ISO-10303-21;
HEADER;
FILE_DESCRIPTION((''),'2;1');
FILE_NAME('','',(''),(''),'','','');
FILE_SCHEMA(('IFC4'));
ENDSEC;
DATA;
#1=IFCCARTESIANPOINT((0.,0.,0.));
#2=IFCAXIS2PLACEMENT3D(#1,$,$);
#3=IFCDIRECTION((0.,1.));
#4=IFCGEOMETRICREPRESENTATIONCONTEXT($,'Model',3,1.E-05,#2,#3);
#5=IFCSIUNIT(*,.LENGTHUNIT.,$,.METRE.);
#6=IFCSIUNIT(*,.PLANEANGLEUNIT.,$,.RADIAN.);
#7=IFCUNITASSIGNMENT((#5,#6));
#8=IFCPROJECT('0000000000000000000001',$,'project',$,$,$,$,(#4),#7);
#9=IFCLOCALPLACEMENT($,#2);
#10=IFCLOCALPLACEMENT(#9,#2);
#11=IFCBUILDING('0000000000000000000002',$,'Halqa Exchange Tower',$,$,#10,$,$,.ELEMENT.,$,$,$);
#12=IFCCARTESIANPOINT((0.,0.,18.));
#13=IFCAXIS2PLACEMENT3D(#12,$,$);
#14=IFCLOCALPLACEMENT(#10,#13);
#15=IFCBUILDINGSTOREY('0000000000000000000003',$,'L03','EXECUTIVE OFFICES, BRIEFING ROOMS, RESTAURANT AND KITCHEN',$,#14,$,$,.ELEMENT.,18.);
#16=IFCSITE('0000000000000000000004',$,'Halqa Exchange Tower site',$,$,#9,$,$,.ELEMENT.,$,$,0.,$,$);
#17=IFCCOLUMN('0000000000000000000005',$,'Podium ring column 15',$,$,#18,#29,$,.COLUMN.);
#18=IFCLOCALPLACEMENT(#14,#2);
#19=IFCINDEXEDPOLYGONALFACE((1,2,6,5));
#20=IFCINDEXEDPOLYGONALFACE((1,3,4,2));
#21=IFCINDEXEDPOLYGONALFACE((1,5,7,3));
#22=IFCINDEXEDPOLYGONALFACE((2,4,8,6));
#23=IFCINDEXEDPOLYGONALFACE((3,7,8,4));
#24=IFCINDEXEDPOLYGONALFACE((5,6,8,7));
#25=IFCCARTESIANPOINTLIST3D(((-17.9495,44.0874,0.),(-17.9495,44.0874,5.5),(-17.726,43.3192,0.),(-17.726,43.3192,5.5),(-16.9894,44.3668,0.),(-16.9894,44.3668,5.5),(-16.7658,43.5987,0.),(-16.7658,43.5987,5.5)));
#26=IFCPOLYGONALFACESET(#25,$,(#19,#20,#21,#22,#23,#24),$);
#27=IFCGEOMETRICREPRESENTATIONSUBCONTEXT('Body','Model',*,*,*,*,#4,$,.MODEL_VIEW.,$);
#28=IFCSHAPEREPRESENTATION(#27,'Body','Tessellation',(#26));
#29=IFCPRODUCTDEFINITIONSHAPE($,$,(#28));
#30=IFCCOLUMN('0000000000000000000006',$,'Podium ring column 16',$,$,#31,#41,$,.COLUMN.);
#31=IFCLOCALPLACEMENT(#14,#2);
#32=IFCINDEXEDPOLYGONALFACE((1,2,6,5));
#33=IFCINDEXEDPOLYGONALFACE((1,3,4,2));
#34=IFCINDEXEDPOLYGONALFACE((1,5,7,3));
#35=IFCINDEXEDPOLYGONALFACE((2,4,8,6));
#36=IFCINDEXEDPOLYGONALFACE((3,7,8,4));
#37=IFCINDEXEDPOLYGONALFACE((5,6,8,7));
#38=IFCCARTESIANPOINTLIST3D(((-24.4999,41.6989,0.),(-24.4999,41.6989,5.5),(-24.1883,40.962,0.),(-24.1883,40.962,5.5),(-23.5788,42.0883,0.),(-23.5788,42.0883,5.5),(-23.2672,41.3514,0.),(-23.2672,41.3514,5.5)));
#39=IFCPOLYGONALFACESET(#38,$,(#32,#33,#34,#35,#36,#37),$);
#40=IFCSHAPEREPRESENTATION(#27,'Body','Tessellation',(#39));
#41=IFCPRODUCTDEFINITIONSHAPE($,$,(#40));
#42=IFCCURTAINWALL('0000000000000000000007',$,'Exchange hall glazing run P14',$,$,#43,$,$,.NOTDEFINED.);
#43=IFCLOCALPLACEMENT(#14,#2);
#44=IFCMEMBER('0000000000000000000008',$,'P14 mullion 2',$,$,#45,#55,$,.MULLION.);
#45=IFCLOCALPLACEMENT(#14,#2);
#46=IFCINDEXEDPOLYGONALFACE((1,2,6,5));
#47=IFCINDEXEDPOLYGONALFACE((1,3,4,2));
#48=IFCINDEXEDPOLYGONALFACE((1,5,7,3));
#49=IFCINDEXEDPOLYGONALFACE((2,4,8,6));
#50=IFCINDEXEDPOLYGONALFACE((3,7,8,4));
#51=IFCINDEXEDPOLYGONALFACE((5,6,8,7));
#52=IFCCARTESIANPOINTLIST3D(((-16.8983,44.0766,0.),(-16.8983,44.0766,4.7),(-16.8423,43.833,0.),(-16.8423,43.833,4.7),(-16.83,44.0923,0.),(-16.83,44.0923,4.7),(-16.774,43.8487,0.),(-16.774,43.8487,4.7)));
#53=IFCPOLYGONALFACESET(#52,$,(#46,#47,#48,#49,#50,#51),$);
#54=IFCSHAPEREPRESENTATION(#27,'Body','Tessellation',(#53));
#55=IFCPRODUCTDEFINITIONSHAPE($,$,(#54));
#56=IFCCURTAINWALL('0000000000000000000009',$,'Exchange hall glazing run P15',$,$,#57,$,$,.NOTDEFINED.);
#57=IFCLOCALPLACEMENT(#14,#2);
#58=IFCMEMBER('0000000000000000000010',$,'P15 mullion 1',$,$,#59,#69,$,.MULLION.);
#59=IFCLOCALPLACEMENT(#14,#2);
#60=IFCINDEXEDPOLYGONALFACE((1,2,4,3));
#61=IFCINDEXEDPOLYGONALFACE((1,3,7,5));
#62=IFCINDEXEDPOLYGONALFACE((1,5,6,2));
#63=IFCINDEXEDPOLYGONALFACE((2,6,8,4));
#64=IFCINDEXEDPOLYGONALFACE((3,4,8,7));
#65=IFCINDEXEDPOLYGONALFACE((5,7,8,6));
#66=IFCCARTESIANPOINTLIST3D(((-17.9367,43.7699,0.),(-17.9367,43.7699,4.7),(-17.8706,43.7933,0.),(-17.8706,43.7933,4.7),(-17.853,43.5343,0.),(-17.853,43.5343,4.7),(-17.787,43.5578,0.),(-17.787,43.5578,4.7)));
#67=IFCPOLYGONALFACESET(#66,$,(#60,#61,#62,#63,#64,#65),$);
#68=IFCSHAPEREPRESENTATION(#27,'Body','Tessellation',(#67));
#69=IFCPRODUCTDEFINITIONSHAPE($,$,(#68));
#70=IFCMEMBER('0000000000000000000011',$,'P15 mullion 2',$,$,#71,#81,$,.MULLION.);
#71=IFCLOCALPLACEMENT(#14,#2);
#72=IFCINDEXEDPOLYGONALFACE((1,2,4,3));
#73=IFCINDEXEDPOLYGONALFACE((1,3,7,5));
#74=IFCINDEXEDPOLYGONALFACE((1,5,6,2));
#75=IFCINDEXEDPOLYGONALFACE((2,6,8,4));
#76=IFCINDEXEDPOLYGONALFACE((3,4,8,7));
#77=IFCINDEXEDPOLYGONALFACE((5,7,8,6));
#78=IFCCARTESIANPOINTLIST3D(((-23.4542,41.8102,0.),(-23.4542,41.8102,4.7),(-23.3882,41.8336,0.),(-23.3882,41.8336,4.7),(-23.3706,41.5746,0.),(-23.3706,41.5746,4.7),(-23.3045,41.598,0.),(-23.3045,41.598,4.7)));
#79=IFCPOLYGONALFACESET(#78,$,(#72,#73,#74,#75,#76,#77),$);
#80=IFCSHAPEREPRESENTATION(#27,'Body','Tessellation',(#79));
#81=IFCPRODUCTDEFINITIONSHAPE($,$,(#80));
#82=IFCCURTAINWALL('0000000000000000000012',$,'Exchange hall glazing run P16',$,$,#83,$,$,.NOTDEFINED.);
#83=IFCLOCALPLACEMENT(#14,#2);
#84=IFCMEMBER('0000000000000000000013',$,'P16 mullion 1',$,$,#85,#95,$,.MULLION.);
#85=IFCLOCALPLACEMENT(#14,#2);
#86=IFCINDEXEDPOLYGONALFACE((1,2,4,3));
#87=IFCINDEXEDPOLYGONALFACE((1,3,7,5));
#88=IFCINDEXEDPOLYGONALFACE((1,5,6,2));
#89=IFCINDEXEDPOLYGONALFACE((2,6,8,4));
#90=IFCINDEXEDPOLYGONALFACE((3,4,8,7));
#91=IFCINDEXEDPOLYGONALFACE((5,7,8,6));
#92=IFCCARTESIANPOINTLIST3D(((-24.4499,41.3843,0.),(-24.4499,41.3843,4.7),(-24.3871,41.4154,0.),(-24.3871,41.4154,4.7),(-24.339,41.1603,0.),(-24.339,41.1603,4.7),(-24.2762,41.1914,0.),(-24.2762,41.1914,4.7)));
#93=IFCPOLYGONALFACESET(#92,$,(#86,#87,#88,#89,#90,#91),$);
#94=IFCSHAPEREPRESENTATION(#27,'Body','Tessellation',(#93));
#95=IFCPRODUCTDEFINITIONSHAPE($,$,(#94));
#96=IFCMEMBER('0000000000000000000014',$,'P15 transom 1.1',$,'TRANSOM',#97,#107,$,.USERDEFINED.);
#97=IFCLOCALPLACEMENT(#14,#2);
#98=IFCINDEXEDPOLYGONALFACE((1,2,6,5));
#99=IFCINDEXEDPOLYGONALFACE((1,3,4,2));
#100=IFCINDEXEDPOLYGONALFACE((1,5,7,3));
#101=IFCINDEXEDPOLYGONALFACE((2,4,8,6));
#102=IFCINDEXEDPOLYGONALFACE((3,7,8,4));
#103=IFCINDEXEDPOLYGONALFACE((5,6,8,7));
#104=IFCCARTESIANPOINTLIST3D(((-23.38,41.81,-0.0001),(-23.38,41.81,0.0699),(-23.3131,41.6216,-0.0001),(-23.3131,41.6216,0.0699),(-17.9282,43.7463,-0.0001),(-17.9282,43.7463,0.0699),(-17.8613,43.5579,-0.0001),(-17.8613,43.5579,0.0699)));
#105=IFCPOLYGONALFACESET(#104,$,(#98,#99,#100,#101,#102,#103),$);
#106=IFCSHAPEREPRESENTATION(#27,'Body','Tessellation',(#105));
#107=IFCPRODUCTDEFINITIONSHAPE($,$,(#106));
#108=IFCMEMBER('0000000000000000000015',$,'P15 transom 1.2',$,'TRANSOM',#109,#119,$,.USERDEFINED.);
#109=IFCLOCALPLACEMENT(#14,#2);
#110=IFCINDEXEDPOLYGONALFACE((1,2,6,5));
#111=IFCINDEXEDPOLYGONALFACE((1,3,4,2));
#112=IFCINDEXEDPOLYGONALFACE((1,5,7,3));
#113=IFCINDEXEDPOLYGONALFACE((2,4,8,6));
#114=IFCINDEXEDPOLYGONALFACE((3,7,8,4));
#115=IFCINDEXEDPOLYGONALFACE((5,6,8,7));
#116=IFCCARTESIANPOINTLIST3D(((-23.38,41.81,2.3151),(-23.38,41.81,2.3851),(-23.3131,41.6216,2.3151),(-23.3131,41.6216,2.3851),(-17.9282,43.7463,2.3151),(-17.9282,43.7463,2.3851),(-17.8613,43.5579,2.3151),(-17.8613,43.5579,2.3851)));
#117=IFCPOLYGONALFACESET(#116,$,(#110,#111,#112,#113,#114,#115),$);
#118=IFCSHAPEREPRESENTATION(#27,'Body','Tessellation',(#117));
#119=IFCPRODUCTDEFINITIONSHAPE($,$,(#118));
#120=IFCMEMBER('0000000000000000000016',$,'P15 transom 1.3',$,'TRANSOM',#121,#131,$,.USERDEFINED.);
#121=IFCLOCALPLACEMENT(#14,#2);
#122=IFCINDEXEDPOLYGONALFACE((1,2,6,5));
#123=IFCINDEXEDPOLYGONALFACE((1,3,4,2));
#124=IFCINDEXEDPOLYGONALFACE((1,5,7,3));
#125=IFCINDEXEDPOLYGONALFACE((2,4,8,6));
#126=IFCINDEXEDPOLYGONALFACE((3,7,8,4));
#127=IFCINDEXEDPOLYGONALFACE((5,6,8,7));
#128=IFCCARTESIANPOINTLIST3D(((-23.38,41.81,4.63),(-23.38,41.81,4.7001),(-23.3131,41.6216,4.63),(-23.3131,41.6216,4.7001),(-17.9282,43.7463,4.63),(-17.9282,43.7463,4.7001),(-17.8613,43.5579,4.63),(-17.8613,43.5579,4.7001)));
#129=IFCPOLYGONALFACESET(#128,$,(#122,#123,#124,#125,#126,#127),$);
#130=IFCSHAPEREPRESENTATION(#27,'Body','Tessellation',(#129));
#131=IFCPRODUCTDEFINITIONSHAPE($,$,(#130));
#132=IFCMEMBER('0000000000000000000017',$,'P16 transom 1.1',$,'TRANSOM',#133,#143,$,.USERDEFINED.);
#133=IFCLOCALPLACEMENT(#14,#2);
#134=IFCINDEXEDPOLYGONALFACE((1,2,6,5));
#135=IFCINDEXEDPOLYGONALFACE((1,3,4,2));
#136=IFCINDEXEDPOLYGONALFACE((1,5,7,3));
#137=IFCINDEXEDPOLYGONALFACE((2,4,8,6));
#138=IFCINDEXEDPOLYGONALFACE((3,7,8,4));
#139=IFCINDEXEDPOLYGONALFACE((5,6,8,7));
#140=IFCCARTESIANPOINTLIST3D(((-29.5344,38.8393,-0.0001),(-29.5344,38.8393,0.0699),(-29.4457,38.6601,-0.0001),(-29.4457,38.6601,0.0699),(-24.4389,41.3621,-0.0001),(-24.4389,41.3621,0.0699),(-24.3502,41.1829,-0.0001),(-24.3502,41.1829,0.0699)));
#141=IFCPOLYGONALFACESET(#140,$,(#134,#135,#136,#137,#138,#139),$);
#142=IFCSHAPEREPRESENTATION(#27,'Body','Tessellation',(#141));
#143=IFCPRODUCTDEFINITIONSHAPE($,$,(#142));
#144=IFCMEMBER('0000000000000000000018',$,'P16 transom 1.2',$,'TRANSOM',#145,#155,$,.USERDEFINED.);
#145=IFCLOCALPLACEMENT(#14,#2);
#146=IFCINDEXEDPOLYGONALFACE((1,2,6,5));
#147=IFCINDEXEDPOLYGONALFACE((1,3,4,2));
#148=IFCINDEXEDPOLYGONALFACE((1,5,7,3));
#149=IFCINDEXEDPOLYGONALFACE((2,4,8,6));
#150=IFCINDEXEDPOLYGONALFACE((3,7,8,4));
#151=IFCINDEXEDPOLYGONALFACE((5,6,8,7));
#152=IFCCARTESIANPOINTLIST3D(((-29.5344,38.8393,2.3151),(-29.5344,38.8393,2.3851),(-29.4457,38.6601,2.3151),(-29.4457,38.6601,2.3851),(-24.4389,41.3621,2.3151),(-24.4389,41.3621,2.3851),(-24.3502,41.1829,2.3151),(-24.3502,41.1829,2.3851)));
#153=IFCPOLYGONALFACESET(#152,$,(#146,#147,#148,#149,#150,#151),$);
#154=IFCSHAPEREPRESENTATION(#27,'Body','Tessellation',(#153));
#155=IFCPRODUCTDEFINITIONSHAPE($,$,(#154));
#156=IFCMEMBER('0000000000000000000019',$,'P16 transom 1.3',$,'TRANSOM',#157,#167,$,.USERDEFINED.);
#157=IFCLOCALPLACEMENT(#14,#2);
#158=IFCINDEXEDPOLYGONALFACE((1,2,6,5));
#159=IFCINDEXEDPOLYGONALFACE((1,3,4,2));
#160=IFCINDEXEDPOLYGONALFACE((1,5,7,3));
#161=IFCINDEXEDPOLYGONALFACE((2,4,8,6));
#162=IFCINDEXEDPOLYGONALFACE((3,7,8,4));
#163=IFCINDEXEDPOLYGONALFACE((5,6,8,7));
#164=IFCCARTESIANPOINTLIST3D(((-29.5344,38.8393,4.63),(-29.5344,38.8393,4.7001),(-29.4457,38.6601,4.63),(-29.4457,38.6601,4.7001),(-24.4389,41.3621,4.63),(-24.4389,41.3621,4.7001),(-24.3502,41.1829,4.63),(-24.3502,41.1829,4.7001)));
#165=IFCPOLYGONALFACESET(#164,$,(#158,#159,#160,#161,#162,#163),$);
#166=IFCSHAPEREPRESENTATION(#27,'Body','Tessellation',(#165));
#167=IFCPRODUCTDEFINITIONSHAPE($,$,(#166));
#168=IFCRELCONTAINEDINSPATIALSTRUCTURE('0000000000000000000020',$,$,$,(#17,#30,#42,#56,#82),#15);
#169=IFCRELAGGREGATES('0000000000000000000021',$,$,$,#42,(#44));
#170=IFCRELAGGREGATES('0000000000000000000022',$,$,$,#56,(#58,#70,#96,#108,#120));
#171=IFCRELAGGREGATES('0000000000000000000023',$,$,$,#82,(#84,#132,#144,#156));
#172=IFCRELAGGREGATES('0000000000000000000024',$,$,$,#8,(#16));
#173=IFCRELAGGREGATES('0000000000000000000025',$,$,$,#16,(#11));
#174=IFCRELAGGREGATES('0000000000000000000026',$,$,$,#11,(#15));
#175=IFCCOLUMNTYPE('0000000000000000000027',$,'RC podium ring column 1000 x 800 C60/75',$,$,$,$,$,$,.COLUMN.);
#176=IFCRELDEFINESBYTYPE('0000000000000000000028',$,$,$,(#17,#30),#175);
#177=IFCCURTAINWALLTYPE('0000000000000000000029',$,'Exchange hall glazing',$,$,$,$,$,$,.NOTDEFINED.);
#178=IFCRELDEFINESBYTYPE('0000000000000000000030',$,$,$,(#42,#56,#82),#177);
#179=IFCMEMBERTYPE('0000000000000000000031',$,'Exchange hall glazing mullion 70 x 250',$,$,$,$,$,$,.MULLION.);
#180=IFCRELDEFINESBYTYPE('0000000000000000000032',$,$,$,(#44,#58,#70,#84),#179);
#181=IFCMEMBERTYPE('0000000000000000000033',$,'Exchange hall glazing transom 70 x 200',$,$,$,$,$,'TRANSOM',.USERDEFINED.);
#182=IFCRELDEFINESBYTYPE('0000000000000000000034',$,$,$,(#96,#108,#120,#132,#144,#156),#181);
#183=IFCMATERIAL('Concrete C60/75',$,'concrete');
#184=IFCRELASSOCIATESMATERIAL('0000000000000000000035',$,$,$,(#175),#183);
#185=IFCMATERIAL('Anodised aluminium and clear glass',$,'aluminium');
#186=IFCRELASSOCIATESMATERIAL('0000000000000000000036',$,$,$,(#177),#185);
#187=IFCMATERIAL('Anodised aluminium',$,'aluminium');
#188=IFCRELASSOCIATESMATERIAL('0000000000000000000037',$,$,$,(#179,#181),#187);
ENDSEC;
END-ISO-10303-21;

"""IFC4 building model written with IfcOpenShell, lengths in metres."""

from ifc_helpers import new_model, si_unit, direction, frame, origin, origin_2d, place, context, subcontext, project, spatial, rectangle, extrude, material, material_profile, profile_set, type_object, element, aggregate, save


model = new_model("IFC4")

# Units and contexts
model_context = context("Model", 3, precision=1e-05, world=origin(), true_north=direction((0.0, 1.0)))
body_context = subcontext(model_context, "Body", "Model", "MODEL_VIEW")
ifc_project = project(units=[si_unit("LENGTHUNIT", "METRE"), si_unit("PLANEANGLEUNIT", "RADIAN")], contexts=[model_context])

# Site, building, storey
site_placement = place(None, origin())
site = spatial("IfcSite", under=ifc_project, at=site_placement, Name="Halqa Exchange Tower site", CompositionType="ELEMENT", RefElevation=0.0)
building_placement = place(site_placement, origin())
building = spatial("IfcBuilding", under=site, at=building_placement, Name="Halqa Exchange Tower", CompositionType="ELEMENT")
storey_placement = place(building_placement, frame((0.0, 0.0, 18.0)))
storey = spatial("IfcBuildingStorey", under=building, at=storey_placement, Name="L03", Description="EXECUTIVE OFFICES, BRIEFING ROOMS, RESTAURANT AND KITCHEN", CompositionType="ELEMENT", Elevation=18.0)

# Columns
ifc_material_1 = material(Name="Concrete C60/75", Category="concrete")
ifc_material_profile_1 = material_profile(ifc_material_1, rectangle(XDim=1.0, YDim=0.8, at=origin_2d()), Name="1000 x 800")
ifc_profile_set_1 = profile_set([ifc_material_profile_1], Name="Concrete C60/75")
column_type = type_object("IfcColumnType", Name="RC podium ring column 1000 x 800 C60/75", PredefinedType="COLUMN", material=ifc_profile_set_1)
for number, where, z_axis, x_axis, name in (
    (1, (-17.3577, 43.843, 0.0), (0.0, 0.0, 1.0), (-0.960158, -0.279459, 0.0), "Podium ring column 15"),
    (2, (-23.8835, 41.5251, 0.0), (0.0, 0.0, 1.0), (-0.921048, -0.389449, 0.0), "Podium ring column 16"),
):
    element("IfcColumn", number, at=place(storey_placement, frame(where, z_axis=z_axis, x_axis=x_axis)), inside=storey, type_object=column_type, Name=name, PredefinedType="COLUMN", context=body_context, shape_type="SweptSolid", body=[
        extrude(rectangle(XDim=1.0, YDim=0.8, at=origin_2d()), origin(), (0.0, 0.0, 1.0), 5.5),
    ])

# Curtain wall, member
ifc_material_2 = material(Name="Anodised aluminium and clear glass", Category="aluminium")
curtain_wall_type = type_object("IfcCurtainWallType", Name="Exchange hall glazing", PredefinedType="NOTDEFINED", material=ifc_material_2)
curtain_wall_1_placement = place(storey_placement, origin())
curtain_wall_1 = element("IfcCurtainWall", 3, at=curtain_wall_1_placement, inside=storey, type_object=curtain_wall_type, Name="Exchange hall glazing run P14", PredefinedType="NOTDEFINED")
ifc_material_3 = material(Name="Anodised aluminium", Category="aluminium")
ifc_material_profile_2 = material_profile(ifc_material_3, rectangle(XDim=0.25, YDim=0.0701, at=origin_2d()), Name="AL 70x250")
ifc_profile_set_2 = profile_set([ifc_material_profile_2], Name="Anodised aluminium")
member_type_1 = type_object("IfcMemberType", Name="Exchange hall glazing mullion 70 x 250", PredefinedType="MULLION", material=ifc_profile_set_2)
member_1_placement = place(storey_placement, frame((-16.8362, 43.9626, 0.0), z_axis=(0.0, 0.0, 1.0), x_axis=(0.223897, -0.974613, 0.0)))
member_1 = element("IfcMember", 4, at=member_1_placement, type_object=member_type_1, Name="P14 mullion 2", PredefinedType="MULLION", context=body_context, shape_type="SweptSolid", body=[
    extrude(rectangle(XDim=0.25, YDim=0.0701, at=origin_2d()), origin(), (0.0, 0.0, 1.0), 4.7),
])

# Curtain wall, members
curtain_wall_2_placement = place(storey_placement, origin())
curtain_wall_2 = element("IfcCurtainWall", 5, at=curtain_wall_2_placement, inside=storey, type_object=curtain_wall_type, Name="Exchange hall glazing run P15", PredefinedType="NOTDEFINED")
member_2_placement = place(storey_placement, frame((-17.8618, 43.6638, 0.0), z_axis=(0.0, 0.0, 1.0), x_axis=(0.334688, -0.942329, 0.0)))
member_2 = element("IfcMember", 6, at=member_2_placement, type_object=member_type_1, Name="P15 mullion 1", PredefinedType="MULLION", context=body_context, shape_type="SweptSolid", body=[
    extrude(rectangle(XDim=0.25, YDim=0.0701, at=origin_2d()), origin(), (0.0, 0.0, 1.0), 4.7),
])
member_3_placement = place(storey_placement, frame((-23.3794, 41.7041, 0.0), z_axis=(0.0, 0.0, 1.0), x_axis=(0.334688, -0.942329, 0.0)))
member_3 = element("IfcMember", 7, at=member_3_placement, type_object=member_type_1, Name="P15 mullion 2", PredefinedType="MULLION", context=body_context, shape_type="SweptSolid", body=[
    extrude(rectangle(XDim=0.25, YDim=0.0701, at=origin_2d()), origin(), (0.0, 0.0, 1.0), 4.7),
])

# Curtain wall, member
curtain_wall_3_placement = place(storey_placement, origin())
curtain_wall_3 = element("IfcCurtainWall", 8, at=curtain_wall_3_placement, inside=storey, type_object=curtain_wall_type, Name="Exchange hall glazing run P16", PredefinedType="NOTDEFINED")
member_4_placement = place(storey_placement, frame((-24.363, 41.2878, 0.0), z_axis=(0.0, 0.0, 1.0), x_axis=(0.443653, -0.896198, 0.0)))
member_4 = element("IfcMember", 9, at=member_4_placement, type_object=member_type_1, Name="P16 mullion 1", PredefinedType="MULLION", context=body_context, shape_type="SweptSolid", body=[
    extrude(rectangle(XDim=0.25, YDim=0.0701, at=origin_2d()), origin(), (0.0, 0.0, 1.0), 4.7),
])

# Members
ifc_material_profile_3 = material_profile(ifc_material_3, rectangle(XDim=0.2, YDim=0.0701, at=origin_2d()), Name="AL 70x200")
ifc_profile_set_3 = profile_set([ifc_material_profile_3], Name="Anodised aluminium")
member_type_2 = type_object("IfcMemberType", Name="Exchange hall glazing transom 70 x 200", ElementType="TRANSOM", PredefinedType="USERDEFINED", material=ifc_profile_set_3)
member_5_placement = place(storey_placement, frame((-17.8948, 43.6521, 0.0349), z_axis=(-0.942329, -0.334689, 0.0), x_axis=(0.334689, -0.942329, 0.0)))
member_5 = element("IfcMember", 10, at=member_5_placement, type_object=member_type_2, Name="P15 transom 1.1", ObjectType="TRANSOM", PredefinedType="USERDEFINED", context=body_context, shape_type="SweptSolid", body=[
    extrude(rectangle(XDim=0.2, YDim=0.0701, at=origin_2d()), origin(), (0.0, 0.0, 1.0), 5.7854),
])
member_6_placement = place(storey_placement, frame((-17.8948, 43.6521, 2.3501), z_axis=(-0.942329, -0.334689, 0.0), x_axis=(0.334689, -0.942329, 0.0)))
member_6 = element("IfcMember", 11, at=member_6_placement, type_object=member_type_2, Name="P15 transom 1.2", ObjectType="TRANSOM", PredefinedType="USERDEFINED", context=body_context, shape_type="SweptSolid", body=[
    extrude(rectangle(XDim=0.2, YDim=0.0701, at=origin_2d()), origin(), (0.0, 0.0, 1.0), 5.7854),
])
member_7_placement = place(storey_placement, frame((-17.8948, 43.6521, 4.665), z_axis=(-0.942329, -0.334689, 0.0), x_axis=(0.334689, -0.942329, 0.0)))
member_7 = element("IfcMember", 12, at=member_7_placement, type_object=member_type_2, Name="P15 transom 1.3", ObjectType="TRANSOM", PredefinedType="USERDEFINED", context=body_context, shape_type="SweptSolid", body=[
    extrude(rectangle(XDim=0.2, YDim=0.0701, at=origin_2d()), origin(), (0.0, 0.0, 1.0), 5.7854),
])
member_8_placement = place(storey_placement, frame((-24.3945, 41.2725, 0.0349), z_axis=(-0.896181, -0.443689, 0.0), x_axis=(0.443689, -0.896181, 0.0)))
member_8 = element("IfcMember", 13, at=member_8_placement, type_object=member_type_2, Name="P16 transom 1.1", ObjectType="TRANSOM", PredefinedType="USERDEFINED", context=body_context, shape_type="SweptSolid", body=[
    extrude(rectangle(XDim=0.2, YDim=0.0701, at=origin_2d()), origin(), (0.0, 0.0, 1.0), 5.6858),
])
member_9_placement = place(storey_placement, frame((-24.3945, 41.2725, 2.3501), z_axis=(-0.896181, -0.443689, 0.0), x_axis=(0.443689, -0.896181, 0.0)))
member_9 = element("IfcMember", 14, at=member_9_placement, type_object=member_type_2, Name="P16 transom 1.2", ObjectType="TRANSOM", PredefinedType="USERDEFINED", context=body_context, shape_type="SweptSolid", body=[
    extrude(rectangle(XDim=0.2, YDim=0.0701, at=origin_2d()), origin(), (0.0, 0.0, 1.0), 5.6858),
])
member_10_placement = place(storey_placement, frame((-24.3945, 41.2725, 4.665), z_axis=(-0.896181, -0.443689, 0.0), x_axis=(0.443689, -0.896181, 0.0)))
member_10 = element("IfcMember", 15, at=member_10_placement, type_object=member_type_2, Name="P16 transom 1.3", ObjectType="TRANSOM", PredefinedType="USERDEFINED", context=body_context, shape_type="SweptSolid", body=[
    extrude(rectangle(XDim=0.2, YDim=0.0701, at=origin_2d()), origin(), (0.0, 0.0, 1.0), 5.6858),
])

aggregate(curtain_wall_1, [member_1])
aggregate(curtain_wall_2, [member_2, member_3, member_5, member_6, member_7])
aggregate(curtain_wall_3, [member_4, member_8, member_9, member_10])

save(model, "model.ifc")
